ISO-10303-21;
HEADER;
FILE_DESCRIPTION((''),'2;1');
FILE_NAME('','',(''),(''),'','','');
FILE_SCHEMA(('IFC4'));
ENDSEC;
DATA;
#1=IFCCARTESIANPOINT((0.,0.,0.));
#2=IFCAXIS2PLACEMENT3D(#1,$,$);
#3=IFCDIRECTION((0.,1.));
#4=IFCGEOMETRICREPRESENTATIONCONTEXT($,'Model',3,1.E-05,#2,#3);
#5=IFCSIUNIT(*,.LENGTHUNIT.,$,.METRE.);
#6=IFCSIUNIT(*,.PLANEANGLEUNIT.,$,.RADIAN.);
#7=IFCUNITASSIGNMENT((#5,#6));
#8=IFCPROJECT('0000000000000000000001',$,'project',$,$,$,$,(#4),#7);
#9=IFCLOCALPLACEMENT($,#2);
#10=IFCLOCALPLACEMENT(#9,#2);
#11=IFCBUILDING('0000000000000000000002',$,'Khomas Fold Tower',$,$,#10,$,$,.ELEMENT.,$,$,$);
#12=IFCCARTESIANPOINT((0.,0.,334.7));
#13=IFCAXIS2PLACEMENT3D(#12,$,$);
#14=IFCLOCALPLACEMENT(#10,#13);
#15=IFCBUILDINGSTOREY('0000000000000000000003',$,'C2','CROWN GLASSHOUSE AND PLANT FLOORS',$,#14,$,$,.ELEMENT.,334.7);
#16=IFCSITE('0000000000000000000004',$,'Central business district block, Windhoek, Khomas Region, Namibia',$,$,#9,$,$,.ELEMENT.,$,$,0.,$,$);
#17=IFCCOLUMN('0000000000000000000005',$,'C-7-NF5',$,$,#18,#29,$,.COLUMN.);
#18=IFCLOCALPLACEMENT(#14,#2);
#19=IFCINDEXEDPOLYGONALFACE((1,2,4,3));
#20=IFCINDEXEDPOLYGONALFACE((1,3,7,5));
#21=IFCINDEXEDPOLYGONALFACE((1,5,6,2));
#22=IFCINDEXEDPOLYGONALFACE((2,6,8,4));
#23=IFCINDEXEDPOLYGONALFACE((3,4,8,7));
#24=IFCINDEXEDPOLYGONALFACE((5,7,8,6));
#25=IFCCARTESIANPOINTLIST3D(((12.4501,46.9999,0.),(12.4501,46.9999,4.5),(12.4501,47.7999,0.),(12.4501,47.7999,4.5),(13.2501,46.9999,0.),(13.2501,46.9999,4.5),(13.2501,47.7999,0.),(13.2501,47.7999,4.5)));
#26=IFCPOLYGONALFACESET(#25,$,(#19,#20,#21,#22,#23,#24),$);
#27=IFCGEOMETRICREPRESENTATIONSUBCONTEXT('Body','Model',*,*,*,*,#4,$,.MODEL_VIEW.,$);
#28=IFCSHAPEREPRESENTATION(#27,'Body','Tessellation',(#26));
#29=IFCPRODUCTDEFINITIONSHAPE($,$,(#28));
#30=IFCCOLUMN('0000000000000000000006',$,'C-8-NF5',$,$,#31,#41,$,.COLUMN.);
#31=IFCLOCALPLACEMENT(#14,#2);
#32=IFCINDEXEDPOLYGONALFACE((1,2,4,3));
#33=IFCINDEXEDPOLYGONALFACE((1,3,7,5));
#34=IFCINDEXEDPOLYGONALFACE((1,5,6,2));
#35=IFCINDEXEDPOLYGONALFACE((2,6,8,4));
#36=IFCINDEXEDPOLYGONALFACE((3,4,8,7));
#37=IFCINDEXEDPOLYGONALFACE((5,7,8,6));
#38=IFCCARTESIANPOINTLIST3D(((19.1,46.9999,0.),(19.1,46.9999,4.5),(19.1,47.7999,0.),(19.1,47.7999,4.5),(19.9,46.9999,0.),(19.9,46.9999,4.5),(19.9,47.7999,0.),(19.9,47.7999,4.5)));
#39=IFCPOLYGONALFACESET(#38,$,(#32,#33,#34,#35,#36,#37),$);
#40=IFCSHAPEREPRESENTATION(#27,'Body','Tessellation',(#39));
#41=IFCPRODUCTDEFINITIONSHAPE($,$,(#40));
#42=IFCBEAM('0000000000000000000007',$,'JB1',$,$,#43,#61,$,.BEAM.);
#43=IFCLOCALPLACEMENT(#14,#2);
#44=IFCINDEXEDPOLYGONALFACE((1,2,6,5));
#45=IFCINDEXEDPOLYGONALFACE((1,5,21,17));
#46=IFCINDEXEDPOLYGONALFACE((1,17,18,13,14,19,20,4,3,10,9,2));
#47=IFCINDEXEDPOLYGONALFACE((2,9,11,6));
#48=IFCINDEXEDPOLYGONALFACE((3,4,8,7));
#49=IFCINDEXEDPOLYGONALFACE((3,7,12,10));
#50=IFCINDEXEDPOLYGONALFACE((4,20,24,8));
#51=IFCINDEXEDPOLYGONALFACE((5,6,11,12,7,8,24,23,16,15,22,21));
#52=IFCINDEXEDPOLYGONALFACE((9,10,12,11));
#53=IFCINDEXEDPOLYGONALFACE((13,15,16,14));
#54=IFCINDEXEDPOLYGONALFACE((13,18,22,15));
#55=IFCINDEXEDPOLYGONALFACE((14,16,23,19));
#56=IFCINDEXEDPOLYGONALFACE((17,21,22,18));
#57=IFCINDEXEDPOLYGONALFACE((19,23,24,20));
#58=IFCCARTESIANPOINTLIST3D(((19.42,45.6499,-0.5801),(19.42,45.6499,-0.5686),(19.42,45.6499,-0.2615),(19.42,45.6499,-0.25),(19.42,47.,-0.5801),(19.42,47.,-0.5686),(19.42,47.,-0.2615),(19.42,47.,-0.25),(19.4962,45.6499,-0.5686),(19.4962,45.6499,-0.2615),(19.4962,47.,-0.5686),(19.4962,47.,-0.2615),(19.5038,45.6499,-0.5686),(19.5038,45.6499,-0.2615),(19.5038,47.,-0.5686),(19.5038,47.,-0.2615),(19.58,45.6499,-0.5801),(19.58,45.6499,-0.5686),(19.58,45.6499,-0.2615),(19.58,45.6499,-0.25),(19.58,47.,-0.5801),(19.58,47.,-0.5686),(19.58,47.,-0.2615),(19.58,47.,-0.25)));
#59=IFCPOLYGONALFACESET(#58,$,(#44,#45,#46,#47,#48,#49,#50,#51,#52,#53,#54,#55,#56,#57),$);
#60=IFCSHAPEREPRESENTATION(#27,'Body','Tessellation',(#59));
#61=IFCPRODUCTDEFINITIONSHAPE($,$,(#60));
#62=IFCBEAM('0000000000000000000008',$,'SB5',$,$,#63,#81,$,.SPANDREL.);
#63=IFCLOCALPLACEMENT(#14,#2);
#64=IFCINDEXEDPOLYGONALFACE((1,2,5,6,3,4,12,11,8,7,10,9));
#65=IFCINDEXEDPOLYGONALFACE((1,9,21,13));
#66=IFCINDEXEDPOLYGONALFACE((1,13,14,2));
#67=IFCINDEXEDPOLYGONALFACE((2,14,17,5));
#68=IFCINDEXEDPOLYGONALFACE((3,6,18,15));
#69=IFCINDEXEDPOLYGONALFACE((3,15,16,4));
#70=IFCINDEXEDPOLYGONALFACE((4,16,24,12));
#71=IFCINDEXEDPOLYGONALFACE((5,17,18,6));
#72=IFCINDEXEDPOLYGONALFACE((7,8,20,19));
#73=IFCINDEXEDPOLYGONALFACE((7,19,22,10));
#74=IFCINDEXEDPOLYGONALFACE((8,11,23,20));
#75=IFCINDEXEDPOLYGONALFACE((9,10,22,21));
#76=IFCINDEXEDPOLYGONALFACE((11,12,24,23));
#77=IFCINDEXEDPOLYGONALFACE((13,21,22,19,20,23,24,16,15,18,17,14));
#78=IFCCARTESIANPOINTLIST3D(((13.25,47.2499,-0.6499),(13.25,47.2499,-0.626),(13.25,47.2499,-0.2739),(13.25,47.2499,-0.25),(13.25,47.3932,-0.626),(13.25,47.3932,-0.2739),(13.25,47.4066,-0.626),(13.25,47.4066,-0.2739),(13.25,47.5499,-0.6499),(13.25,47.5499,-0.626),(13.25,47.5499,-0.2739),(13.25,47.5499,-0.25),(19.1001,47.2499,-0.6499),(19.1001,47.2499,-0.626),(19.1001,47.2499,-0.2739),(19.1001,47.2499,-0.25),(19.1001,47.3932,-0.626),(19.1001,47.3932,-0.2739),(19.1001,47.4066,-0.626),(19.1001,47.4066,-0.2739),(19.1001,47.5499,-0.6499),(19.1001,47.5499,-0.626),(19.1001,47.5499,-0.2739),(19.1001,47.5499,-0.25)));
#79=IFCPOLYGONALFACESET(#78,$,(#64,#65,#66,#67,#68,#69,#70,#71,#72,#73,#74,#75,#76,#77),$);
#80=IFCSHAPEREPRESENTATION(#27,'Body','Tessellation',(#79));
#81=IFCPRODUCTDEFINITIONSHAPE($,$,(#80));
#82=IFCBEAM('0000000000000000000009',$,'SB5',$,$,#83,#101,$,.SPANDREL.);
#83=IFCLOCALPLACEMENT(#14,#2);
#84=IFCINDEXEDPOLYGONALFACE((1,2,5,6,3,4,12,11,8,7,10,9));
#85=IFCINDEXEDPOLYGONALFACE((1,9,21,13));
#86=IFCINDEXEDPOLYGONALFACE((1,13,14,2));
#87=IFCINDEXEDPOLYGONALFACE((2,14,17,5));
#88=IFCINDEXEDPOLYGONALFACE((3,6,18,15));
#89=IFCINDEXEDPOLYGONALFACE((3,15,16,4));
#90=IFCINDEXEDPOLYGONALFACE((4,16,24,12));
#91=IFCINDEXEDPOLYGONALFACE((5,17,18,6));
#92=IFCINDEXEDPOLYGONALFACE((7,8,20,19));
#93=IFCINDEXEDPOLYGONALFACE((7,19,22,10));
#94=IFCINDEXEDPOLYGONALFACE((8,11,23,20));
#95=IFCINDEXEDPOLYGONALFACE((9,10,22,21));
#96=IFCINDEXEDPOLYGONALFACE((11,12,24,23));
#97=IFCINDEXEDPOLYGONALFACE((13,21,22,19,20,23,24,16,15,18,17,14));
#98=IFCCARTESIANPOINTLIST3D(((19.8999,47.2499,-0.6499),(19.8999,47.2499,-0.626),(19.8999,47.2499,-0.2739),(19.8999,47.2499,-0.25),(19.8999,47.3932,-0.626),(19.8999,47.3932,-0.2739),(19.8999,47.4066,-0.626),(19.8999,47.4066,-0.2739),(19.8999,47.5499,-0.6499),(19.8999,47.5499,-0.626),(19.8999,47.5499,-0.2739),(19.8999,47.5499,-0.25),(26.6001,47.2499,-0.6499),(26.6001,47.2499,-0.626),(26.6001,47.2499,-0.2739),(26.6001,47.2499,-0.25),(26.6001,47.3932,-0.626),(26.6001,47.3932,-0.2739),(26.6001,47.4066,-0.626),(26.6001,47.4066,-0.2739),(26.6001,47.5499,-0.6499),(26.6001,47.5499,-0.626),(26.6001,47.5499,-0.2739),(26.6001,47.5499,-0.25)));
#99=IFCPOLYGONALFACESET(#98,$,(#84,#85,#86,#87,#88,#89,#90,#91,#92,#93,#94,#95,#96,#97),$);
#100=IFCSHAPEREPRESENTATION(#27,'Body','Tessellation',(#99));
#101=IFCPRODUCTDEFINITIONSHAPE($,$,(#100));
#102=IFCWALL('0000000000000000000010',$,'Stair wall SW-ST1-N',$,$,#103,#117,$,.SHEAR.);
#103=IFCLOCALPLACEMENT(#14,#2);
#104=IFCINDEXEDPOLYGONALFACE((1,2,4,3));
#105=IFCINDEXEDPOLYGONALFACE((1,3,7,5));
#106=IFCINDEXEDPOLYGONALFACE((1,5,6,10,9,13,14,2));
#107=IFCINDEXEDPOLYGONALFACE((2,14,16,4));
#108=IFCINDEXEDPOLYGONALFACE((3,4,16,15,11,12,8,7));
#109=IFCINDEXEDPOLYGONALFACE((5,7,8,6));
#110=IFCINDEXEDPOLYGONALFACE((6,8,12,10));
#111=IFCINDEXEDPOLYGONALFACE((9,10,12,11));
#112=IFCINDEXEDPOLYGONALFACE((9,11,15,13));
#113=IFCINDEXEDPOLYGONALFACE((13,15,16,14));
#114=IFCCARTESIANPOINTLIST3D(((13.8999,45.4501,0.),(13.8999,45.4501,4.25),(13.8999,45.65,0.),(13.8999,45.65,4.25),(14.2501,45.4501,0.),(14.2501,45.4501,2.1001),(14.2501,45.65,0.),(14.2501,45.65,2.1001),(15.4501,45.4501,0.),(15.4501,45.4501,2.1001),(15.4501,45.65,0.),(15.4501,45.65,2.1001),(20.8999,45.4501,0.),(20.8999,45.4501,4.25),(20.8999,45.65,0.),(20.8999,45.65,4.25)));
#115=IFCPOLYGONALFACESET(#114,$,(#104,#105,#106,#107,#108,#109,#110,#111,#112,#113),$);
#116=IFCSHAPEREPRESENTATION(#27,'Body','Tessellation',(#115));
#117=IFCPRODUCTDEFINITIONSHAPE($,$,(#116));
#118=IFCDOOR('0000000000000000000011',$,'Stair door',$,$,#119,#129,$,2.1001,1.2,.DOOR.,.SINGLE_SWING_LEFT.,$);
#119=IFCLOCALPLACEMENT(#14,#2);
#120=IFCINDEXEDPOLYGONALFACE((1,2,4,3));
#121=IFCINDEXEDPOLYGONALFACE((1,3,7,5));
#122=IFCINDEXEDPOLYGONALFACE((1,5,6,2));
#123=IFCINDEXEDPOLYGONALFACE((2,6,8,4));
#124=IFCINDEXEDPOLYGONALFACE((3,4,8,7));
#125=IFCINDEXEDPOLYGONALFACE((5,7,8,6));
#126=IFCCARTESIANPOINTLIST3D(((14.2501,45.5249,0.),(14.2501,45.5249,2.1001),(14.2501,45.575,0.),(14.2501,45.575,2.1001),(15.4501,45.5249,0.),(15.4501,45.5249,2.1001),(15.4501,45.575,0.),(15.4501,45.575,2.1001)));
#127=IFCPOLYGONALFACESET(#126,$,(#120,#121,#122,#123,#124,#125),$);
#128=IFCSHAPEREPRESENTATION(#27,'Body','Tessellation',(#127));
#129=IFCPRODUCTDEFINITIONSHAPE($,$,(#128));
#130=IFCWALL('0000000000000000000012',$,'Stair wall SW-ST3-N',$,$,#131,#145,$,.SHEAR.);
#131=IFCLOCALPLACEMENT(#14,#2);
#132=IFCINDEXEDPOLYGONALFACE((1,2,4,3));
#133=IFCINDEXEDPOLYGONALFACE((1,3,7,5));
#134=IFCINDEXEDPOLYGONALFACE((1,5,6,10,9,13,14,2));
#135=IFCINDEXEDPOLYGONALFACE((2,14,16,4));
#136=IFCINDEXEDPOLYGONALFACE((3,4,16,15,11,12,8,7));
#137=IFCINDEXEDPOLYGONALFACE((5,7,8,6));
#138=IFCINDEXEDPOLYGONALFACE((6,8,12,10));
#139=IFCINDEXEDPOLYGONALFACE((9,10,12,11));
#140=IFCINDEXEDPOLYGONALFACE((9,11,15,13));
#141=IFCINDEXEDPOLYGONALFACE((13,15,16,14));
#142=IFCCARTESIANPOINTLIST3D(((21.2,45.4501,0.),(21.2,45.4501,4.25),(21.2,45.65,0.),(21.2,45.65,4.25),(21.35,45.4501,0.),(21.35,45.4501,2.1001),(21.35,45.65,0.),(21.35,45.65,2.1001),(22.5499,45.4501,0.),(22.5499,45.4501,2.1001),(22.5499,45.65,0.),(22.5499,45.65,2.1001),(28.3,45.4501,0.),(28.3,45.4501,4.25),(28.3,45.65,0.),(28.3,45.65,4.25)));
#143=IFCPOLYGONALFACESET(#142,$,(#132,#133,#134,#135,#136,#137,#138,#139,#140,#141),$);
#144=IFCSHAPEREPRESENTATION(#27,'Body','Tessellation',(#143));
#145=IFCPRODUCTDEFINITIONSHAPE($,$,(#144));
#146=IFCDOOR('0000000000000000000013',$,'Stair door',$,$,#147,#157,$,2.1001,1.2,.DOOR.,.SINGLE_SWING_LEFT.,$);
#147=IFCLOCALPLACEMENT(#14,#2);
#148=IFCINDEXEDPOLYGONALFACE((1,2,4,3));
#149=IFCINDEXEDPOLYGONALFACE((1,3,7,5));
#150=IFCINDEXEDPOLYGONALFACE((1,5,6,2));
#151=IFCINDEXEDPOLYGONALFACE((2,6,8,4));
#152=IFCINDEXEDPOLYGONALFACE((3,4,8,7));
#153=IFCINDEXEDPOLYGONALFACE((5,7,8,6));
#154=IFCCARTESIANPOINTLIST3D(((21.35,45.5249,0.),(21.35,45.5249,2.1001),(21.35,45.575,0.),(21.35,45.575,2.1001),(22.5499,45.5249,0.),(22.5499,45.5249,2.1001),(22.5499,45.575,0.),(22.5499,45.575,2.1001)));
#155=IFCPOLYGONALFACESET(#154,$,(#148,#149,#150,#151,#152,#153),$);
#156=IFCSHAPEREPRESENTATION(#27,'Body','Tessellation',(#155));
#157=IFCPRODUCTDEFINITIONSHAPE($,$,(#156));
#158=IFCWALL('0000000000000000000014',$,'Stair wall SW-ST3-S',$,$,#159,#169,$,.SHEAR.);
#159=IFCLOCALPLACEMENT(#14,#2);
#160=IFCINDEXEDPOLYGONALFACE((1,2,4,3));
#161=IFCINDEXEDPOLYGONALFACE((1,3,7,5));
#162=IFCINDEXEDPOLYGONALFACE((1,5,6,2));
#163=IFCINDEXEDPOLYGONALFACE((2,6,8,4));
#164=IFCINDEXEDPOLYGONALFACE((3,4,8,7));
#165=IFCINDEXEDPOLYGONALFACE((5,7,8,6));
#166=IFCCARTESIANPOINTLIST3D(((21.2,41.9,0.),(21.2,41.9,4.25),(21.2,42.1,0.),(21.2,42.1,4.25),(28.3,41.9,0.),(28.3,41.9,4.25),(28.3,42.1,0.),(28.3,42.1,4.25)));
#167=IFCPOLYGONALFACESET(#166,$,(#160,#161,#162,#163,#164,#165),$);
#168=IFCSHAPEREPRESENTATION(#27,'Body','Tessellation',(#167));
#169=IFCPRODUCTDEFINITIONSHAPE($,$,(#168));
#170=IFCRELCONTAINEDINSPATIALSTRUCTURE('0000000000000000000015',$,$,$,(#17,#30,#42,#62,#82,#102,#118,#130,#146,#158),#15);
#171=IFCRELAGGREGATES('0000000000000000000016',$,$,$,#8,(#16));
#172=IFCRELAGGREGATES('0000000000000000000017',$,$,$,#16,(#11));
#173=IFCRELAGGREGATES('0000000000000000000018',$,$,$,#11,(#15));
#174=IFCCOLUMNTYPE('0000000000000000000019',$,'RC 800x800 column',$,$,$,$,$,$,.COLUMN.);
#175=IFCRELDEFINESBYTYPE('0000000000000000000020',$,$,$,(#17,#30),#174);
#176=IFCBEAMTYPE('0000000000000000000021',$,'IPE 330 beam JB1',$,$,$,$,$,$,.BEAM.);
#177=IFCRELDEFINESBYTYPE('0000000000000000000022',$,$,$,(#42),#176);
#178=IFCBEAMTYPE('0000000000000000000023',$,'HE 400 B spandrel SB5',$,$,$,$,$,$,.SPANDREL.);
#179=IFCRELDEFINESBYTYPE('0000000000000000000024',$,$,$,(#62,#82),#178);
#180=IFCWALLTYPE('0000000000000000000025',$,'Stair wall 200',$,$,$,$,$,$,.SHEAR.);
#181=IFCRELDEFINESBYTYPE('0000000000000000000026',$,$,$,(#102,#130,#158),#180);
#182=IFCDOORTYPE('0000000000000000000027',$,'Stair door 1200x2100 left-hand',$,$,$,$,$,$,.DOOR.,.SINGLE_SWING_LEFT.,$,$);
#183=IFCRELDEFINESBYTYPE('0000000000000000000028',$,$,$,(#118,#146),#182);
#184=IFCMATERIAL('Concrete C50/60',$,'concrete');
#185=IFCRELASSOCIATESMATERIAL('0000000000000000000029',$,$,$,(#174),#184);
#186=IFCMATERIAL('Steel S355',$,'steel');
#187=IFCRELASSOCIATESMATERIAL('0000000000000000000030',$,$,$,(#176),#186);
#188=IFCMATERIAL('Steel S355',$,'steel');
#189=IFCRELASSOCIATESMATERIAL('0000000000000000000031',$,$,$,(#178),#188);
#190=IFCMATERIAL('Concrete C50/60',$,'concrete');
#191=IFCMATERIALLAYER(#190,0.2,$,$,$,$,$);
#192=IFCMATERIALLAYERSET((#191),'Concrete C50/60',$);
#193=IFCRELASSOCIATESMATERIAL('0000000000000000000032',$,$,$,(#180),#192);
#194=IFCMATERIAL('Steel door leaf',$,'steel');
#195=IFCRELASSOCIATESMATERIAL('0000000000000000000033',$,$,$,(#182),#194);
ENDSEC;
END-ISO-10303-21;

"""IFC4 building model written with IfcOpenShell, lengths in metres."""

from ifc_helpers import new_model, si_unit, direction, frame, frame_2d, origin, origin_2d, place, context, subcontext, project, spatial, rectangle, i_section, extrude, source, transform, mapped, material, layer, layer_set, material_profile, profile_set, type_object, element, fill, save


model = new_model("IFC4")

# Units and contexts
model_context = context("Model", 3, precision=1e-05, world=origin(), true_north=direction((0.0, 1.0)))
body_context = subcontext(model_context, "Body", "Model", "MODEL_VIEW")
ifc_project = project(units=[si_unit("LENGTHUNIT", "METRE"), si_unit("PLANEANGLEUNIT", "RADIAN")], contexts=[model_context])

# Site, building, storey
site_placement = place(None, origin())
site = spatial("IfcSite", under=ifc_project, at=site_placement, Name="Central business district block, Windhoek, Khomas Region, Namibia", CompositionType="ELEMENT", RefElevation=0.0)
building_placement = place(site_placement, origin())
building = spatial("IfcBuilding", under=site, at=building_placement, Name="Khomas Fold Tower", CompositionType="ELEMENT")
storey_placement = place(building_placement, frame((0.0, 0.0, 334.7)))
storey = spatial("IfcBuildingStorey", under=building, at=storey_placement, Name="C2", Description="CROWN GLASSHOUSE AND PLANT FLOORS", CompositionType="ELEMENT", Elevation=334.7)

# Columns
ifc_material_1 = material(Name="Concrete C50/60", Category="concrete")
ifc_material_profile_1 = material_profile(ifc_material_1, rectangle(XDim=0.8, YDim=0.8, at=origin_2d()), Name="RC 800x800")
ifc_profile_set_1 = profile_set([ifc_material_profile_1], Name="Concrete C50/60")
column_type = type_object("IfcColumnType", Name="RC 800x800 column", PredefinedType="COLUMN", material=ifc_profile_set_1)
shared_shape_1 = source(origin(), body_context, "Body", "SweptSolid", [
    extrude(rectangle(XDim=0.8, YDim=0.8, at=origin_2d()), origin(), (0.0, 0.0, 1.0), 4.5),
])
for number, where, z_axis, x_axis, name in (
    (1, (12.8501, 47.3999, 0.0), (0.0, 0.0, 1.0), (1.0, 0.0, 0.0), "C-7-NF5"),
    (2, (19.5, 47.3999, 0.0), (0.0, 0.0, 1.0), (1.0, 0.0, 0.0), "C-8-NF5"),
):
    element("IfcColumn", number, at=place(storey_placement, frame(where, z_axis=z_axis, x_axis=x_axis)), inside=storey, type_object=column_type, Name=name, PredefinedType="COLUMN", context=body_context, shape_type="MappedRepresentation", body=[
        mapped(shared_shape_1, transform((0.0, 0.0, 0.0))),
    ])

# Beams
ifc_material_2 = material(Name="Steel S355", Category="steel")
ifc_material_profile_2 = material_profile(ifc_material_2, i_section(OverallWidth=0.1599, OverallDepth=0.3301, WebThickness=0.0076, FlangeThickness=0.0115, at=origin_2d()), Name="IPE 330")
ifc_profile_set_2 = profile_set([ifc_material_profile_2], Name="Steel S355")
beam_type_1 = type_object("IfcBeamType", Name="IPE 330 beam JB1", PredefinedType="BEAM", material=ifc_profile_set_2)
shared_shape_2 = source(origin(), body_context, "Body", "SweptSolid", [
    extrude(i_section(OverallWidth=0.1599, OverallDepth=0.3301, WebThickness=0.0076, FlangeThickness=0.0115, at=origin_2d()), origin(), (0.0, 0.0, 1.0), 1.3501),
])
beam_1_placement = place(storey_placement, frame((19.5, 45.6499, -0.415), z_axis=(0.0, 1.0, 0.0), x_axis=(-1.0, 0.0, 0.0)))
element("IfcBeam", 3, at=beam_1_placement, inside=storey, type_object=beam_type_1, Name="JB1", PredefinedType="BEAM", context=body_context, shape_type="MappedRepresentation", body=[
    mapped(shared_shape_2, transform((0.0, 0.0, 0.0))),
])
ifc_material_3 = material(Name="Steel S355", Category="steel")
ifc_material_profile_3 = material_profile(ifc_material_3, i_section(OverallWidth=0.3, OverallDepth=0.3999, WebThickness=0.0134, FlangeThickness=0.0239, at=origin_2d()), Name="HE 400 B")
ifc_profile_set_3 = profile_set([ifc_material_profile_3], Name="Steel S355")
beam_type_2 = type_object("IfcBeamType", Name="HE 400 B spandrel SB5", PredefinedType="SPANDREL", material=ifc_profile_set_3)
shared_shape_3 = source(origin(), body_context, "Body", "SweptSolid", [
    extrude(i_section(OverallWidth=0.3, OverallDepth=0.3999, WebThickness=0.0134, FlangeThickness=0.0239, at=origin_2d()), origin(), (0.0, 0.0, 1.0), 5.8501),
])
beam_2_placement = place(storey_placement, frame((13.25, 47.3999, -0.45), z_axis=(1.0, 0.0, 0.0), x_axis=(0.0, 1.0, 0.0)))
element("IfcBeam", 4, at=beam_2_placement, inside=storey, type_object=beam_type_2, Name="SB5", PredefinedType="SPANDREL", context=body_context, shape_type="MappedRepresentation", body=[
    mapped(shared_shape_3, transform((0.0, 0.0, 0.0))),
])
shared_shape_4 = source(origin(), body_context, "Body", "SweptSolid", [
    extrude(i_section(OverallWidth=0.3, OverallDepth=0.3999, WebThickness=0.0134, FlangeThickness=0.0239, at=origin_2d()), origin(), (0.0, 0.0, 1.0), 6.7002),
])
beam_3_placement = place(storey_placement, frame((19.8999, 47.3999, -0.45), z_axis=(1.0, 0.0, 0.0), x_axis=(0.0, 1.0, 0.0)))
element("IfcBeam", 5, at=beam_3_placement, inside=storey, type_object=beam_type_2, Name="SB5", PredefinedType="SPANDREL", context=body_context, shape_type="MappedRepresentation", body=[
    mapped(shared_shape_4, transform((0.0, 0.0, 0.0))),
])

# Walls, openings, doors
ifc_material_4 = material(Name="Concrete C50/60", Category="concrete")
ifc_layer_1 = layer(ifc_material_4, 0.2)
ifc_layer_set_1 = layer_set([ifc_layer_1], Name="Concrete C50/60")
wall_type_1 = type_object("IfcWallType", Name="Stair wall 200", PredefinedType="SHEAR", material=ifc_layer_set_1)
shared_shape_5 = source(origin(), body_context, "Body", "SweptSolid", [
    extrude(rectangle(XDim=7.0, YDim=0.2, at=frame_2d((3.5, 0.0))), origin(), (0.0, 0.0, 1.0), 4.25),
])
wall_1_placement = place(storey_placement, frame((13.8999, 45.55, 0.0), z_axis=(0.0, 0.0, 1.0), x_axis=(1.0, 0.0, 0.0)))
wall_1 = element("IfcWall", 6, at=wall_1_placement, inside=storey, type_object=wall_type_1, Name="Stair wall SW-ST1-N", PredefinedType="SHEAR", context=body_context, shape_type="MappedRepresentation", body=[
    mapped(shared_shape_5, transform((0.0, 0.0, 0.0))),
])
shared_shape_6 = source(origin(), body_context, "Body", "SweptSolid", [
    extrude(rectangle(XDim=1.2, YDim=2.1001, at=frame_2d((0.6001, 1.05))), frame((0.0, 0.1099, 0.0), z_axis=(0.0, -1.0, 0.0), x_axis=(1.0, 0.0, 0.0)), (0.0, 0.0, 1.0), 0.22),
])
opening_1_placement = place(wall_1_placement, frame((0.3501, 0.0, 0.0)))
opening_1 = element("IfcOpeningElement", 7, at=opening_1_placement, cuts=wall_1, PredefinedType="OPENING", context=body_context, shape_type="MappedRepresentation", body=[
    mapped(shared_shape_6, transform((0.0, 0.0, 0.0))),
])
ifc_material_5 = material(Name="Steel door leaf", Category="steel")
door_type_1 = type_object("IfcDoorType", Name="Stair door 1200x2100 left-hand", OperationType="SINGLE_SWING_LEFT", PredefinedType="DOOR", material=ifc_material_5)
shared_shape_7 = source(origin(), body_context, "Body", "SweptSolid", [
    extrude(rectangle(XDim=1.2, YDim=2.1001, at=frame_2d((0.6001, 1.05))), frame((0.0, 0.0249, 0.0), z_axis=(0.0, -1.0, 0.0), x_axis=(1.0, 0.0, 0.0)), (0.0, 0.0, 1.0), 0.05),
])
door_1_placement = place(opening_1_placement, origin())
door_1 = element("IfcDoor", 8, at=door_1_placement, inside=storey, type_object=door_type_1, Name="Stair door", OperationType="SINGLE_SWING_LEFT", OverallHeight=2.1001, OverallWidth=1.2, PredefinedType="DOOR", context=body_context, shape_type="MappedRepresentation", body=[
    mapped(shared_shape_7, transform((0.0, 0.0, 0.0))),
])
fill(opening_1, door_1)
shared_shape_8 = source(origin(), body_context, "Body", "SweptSolid", [
    extrude(rectangle(XDim=7.1001, YDim=0.2, at=frame_2d((3.55, 0.0))), origin(), (0.0, 0.0, 1.0), 4.25),
])
wall_2_placement = place(storey_placement, frame((21.2, 45.55, 0.0), z_axis=(0.0, 0.0, 1.0), x_axis=(1.0, 0.0, 0.0)))
wall_2 = element("IfcWall", 9, at=wall_2_placement, inside=storey, type_object=wall_type_1, Name="Stair wall SW-ST3-N", PredefinedType="SHEAR", context=body_context, shape_type="MappedRepresentation", body=[
    mapped(shared_shape_8, transform((0.0, 0.0, 0.0))),
])
opening_2_placement = place(wall_2_placement, frame((0.1499, 0.0, 0.0)))
opening_2 = element("IfcOpeningElement", 10, at=opening_2_placement, cuts=wall_2, PredefinedType="OPENING", context=body_context, shape_type="MappedRepresentation", body=[
    mapped(shared_shape_6, transform((0.0, 0.0, 0.0))),
])
door_2_placement = place(opening_2_placement, origin())
door_2 = element("IfcDoor", 11, at=door_2_placement, inside=storey, type_object=door_type_1, Name="Stair door", OperationType="SINGLE_SWING_LEFT", OverallHeight=2.1001, OverallWidth=1.2, PredefinedType="DOOR", context=body_context, shape_type="MappedRepresentation", body=[
    mapped(shared_shape_7, transform((0.0, 0.0, 0.0))),
])
fill(opening_2, door_2)

# Wall
wall_3_placement = place(storey_placement, frame((21.2, 42.0, 0.0), z_axis=(0.0, 0.0, 1.0), x_axis=(1.0, 0.0, 0.0)))
element("IfcWall", 12, at=wall_3_placement, inside=storey, type_object=wall_type_1, Name="Stair wall SW-ST3-S", PredefinedType="SHEAR", context=body_context, shape_type="MappedRepresentation", body=[
    mapped(shared_shape_8, transform((0.0, 0.0, 0.0))),
])

save(model, "model.ifc")
